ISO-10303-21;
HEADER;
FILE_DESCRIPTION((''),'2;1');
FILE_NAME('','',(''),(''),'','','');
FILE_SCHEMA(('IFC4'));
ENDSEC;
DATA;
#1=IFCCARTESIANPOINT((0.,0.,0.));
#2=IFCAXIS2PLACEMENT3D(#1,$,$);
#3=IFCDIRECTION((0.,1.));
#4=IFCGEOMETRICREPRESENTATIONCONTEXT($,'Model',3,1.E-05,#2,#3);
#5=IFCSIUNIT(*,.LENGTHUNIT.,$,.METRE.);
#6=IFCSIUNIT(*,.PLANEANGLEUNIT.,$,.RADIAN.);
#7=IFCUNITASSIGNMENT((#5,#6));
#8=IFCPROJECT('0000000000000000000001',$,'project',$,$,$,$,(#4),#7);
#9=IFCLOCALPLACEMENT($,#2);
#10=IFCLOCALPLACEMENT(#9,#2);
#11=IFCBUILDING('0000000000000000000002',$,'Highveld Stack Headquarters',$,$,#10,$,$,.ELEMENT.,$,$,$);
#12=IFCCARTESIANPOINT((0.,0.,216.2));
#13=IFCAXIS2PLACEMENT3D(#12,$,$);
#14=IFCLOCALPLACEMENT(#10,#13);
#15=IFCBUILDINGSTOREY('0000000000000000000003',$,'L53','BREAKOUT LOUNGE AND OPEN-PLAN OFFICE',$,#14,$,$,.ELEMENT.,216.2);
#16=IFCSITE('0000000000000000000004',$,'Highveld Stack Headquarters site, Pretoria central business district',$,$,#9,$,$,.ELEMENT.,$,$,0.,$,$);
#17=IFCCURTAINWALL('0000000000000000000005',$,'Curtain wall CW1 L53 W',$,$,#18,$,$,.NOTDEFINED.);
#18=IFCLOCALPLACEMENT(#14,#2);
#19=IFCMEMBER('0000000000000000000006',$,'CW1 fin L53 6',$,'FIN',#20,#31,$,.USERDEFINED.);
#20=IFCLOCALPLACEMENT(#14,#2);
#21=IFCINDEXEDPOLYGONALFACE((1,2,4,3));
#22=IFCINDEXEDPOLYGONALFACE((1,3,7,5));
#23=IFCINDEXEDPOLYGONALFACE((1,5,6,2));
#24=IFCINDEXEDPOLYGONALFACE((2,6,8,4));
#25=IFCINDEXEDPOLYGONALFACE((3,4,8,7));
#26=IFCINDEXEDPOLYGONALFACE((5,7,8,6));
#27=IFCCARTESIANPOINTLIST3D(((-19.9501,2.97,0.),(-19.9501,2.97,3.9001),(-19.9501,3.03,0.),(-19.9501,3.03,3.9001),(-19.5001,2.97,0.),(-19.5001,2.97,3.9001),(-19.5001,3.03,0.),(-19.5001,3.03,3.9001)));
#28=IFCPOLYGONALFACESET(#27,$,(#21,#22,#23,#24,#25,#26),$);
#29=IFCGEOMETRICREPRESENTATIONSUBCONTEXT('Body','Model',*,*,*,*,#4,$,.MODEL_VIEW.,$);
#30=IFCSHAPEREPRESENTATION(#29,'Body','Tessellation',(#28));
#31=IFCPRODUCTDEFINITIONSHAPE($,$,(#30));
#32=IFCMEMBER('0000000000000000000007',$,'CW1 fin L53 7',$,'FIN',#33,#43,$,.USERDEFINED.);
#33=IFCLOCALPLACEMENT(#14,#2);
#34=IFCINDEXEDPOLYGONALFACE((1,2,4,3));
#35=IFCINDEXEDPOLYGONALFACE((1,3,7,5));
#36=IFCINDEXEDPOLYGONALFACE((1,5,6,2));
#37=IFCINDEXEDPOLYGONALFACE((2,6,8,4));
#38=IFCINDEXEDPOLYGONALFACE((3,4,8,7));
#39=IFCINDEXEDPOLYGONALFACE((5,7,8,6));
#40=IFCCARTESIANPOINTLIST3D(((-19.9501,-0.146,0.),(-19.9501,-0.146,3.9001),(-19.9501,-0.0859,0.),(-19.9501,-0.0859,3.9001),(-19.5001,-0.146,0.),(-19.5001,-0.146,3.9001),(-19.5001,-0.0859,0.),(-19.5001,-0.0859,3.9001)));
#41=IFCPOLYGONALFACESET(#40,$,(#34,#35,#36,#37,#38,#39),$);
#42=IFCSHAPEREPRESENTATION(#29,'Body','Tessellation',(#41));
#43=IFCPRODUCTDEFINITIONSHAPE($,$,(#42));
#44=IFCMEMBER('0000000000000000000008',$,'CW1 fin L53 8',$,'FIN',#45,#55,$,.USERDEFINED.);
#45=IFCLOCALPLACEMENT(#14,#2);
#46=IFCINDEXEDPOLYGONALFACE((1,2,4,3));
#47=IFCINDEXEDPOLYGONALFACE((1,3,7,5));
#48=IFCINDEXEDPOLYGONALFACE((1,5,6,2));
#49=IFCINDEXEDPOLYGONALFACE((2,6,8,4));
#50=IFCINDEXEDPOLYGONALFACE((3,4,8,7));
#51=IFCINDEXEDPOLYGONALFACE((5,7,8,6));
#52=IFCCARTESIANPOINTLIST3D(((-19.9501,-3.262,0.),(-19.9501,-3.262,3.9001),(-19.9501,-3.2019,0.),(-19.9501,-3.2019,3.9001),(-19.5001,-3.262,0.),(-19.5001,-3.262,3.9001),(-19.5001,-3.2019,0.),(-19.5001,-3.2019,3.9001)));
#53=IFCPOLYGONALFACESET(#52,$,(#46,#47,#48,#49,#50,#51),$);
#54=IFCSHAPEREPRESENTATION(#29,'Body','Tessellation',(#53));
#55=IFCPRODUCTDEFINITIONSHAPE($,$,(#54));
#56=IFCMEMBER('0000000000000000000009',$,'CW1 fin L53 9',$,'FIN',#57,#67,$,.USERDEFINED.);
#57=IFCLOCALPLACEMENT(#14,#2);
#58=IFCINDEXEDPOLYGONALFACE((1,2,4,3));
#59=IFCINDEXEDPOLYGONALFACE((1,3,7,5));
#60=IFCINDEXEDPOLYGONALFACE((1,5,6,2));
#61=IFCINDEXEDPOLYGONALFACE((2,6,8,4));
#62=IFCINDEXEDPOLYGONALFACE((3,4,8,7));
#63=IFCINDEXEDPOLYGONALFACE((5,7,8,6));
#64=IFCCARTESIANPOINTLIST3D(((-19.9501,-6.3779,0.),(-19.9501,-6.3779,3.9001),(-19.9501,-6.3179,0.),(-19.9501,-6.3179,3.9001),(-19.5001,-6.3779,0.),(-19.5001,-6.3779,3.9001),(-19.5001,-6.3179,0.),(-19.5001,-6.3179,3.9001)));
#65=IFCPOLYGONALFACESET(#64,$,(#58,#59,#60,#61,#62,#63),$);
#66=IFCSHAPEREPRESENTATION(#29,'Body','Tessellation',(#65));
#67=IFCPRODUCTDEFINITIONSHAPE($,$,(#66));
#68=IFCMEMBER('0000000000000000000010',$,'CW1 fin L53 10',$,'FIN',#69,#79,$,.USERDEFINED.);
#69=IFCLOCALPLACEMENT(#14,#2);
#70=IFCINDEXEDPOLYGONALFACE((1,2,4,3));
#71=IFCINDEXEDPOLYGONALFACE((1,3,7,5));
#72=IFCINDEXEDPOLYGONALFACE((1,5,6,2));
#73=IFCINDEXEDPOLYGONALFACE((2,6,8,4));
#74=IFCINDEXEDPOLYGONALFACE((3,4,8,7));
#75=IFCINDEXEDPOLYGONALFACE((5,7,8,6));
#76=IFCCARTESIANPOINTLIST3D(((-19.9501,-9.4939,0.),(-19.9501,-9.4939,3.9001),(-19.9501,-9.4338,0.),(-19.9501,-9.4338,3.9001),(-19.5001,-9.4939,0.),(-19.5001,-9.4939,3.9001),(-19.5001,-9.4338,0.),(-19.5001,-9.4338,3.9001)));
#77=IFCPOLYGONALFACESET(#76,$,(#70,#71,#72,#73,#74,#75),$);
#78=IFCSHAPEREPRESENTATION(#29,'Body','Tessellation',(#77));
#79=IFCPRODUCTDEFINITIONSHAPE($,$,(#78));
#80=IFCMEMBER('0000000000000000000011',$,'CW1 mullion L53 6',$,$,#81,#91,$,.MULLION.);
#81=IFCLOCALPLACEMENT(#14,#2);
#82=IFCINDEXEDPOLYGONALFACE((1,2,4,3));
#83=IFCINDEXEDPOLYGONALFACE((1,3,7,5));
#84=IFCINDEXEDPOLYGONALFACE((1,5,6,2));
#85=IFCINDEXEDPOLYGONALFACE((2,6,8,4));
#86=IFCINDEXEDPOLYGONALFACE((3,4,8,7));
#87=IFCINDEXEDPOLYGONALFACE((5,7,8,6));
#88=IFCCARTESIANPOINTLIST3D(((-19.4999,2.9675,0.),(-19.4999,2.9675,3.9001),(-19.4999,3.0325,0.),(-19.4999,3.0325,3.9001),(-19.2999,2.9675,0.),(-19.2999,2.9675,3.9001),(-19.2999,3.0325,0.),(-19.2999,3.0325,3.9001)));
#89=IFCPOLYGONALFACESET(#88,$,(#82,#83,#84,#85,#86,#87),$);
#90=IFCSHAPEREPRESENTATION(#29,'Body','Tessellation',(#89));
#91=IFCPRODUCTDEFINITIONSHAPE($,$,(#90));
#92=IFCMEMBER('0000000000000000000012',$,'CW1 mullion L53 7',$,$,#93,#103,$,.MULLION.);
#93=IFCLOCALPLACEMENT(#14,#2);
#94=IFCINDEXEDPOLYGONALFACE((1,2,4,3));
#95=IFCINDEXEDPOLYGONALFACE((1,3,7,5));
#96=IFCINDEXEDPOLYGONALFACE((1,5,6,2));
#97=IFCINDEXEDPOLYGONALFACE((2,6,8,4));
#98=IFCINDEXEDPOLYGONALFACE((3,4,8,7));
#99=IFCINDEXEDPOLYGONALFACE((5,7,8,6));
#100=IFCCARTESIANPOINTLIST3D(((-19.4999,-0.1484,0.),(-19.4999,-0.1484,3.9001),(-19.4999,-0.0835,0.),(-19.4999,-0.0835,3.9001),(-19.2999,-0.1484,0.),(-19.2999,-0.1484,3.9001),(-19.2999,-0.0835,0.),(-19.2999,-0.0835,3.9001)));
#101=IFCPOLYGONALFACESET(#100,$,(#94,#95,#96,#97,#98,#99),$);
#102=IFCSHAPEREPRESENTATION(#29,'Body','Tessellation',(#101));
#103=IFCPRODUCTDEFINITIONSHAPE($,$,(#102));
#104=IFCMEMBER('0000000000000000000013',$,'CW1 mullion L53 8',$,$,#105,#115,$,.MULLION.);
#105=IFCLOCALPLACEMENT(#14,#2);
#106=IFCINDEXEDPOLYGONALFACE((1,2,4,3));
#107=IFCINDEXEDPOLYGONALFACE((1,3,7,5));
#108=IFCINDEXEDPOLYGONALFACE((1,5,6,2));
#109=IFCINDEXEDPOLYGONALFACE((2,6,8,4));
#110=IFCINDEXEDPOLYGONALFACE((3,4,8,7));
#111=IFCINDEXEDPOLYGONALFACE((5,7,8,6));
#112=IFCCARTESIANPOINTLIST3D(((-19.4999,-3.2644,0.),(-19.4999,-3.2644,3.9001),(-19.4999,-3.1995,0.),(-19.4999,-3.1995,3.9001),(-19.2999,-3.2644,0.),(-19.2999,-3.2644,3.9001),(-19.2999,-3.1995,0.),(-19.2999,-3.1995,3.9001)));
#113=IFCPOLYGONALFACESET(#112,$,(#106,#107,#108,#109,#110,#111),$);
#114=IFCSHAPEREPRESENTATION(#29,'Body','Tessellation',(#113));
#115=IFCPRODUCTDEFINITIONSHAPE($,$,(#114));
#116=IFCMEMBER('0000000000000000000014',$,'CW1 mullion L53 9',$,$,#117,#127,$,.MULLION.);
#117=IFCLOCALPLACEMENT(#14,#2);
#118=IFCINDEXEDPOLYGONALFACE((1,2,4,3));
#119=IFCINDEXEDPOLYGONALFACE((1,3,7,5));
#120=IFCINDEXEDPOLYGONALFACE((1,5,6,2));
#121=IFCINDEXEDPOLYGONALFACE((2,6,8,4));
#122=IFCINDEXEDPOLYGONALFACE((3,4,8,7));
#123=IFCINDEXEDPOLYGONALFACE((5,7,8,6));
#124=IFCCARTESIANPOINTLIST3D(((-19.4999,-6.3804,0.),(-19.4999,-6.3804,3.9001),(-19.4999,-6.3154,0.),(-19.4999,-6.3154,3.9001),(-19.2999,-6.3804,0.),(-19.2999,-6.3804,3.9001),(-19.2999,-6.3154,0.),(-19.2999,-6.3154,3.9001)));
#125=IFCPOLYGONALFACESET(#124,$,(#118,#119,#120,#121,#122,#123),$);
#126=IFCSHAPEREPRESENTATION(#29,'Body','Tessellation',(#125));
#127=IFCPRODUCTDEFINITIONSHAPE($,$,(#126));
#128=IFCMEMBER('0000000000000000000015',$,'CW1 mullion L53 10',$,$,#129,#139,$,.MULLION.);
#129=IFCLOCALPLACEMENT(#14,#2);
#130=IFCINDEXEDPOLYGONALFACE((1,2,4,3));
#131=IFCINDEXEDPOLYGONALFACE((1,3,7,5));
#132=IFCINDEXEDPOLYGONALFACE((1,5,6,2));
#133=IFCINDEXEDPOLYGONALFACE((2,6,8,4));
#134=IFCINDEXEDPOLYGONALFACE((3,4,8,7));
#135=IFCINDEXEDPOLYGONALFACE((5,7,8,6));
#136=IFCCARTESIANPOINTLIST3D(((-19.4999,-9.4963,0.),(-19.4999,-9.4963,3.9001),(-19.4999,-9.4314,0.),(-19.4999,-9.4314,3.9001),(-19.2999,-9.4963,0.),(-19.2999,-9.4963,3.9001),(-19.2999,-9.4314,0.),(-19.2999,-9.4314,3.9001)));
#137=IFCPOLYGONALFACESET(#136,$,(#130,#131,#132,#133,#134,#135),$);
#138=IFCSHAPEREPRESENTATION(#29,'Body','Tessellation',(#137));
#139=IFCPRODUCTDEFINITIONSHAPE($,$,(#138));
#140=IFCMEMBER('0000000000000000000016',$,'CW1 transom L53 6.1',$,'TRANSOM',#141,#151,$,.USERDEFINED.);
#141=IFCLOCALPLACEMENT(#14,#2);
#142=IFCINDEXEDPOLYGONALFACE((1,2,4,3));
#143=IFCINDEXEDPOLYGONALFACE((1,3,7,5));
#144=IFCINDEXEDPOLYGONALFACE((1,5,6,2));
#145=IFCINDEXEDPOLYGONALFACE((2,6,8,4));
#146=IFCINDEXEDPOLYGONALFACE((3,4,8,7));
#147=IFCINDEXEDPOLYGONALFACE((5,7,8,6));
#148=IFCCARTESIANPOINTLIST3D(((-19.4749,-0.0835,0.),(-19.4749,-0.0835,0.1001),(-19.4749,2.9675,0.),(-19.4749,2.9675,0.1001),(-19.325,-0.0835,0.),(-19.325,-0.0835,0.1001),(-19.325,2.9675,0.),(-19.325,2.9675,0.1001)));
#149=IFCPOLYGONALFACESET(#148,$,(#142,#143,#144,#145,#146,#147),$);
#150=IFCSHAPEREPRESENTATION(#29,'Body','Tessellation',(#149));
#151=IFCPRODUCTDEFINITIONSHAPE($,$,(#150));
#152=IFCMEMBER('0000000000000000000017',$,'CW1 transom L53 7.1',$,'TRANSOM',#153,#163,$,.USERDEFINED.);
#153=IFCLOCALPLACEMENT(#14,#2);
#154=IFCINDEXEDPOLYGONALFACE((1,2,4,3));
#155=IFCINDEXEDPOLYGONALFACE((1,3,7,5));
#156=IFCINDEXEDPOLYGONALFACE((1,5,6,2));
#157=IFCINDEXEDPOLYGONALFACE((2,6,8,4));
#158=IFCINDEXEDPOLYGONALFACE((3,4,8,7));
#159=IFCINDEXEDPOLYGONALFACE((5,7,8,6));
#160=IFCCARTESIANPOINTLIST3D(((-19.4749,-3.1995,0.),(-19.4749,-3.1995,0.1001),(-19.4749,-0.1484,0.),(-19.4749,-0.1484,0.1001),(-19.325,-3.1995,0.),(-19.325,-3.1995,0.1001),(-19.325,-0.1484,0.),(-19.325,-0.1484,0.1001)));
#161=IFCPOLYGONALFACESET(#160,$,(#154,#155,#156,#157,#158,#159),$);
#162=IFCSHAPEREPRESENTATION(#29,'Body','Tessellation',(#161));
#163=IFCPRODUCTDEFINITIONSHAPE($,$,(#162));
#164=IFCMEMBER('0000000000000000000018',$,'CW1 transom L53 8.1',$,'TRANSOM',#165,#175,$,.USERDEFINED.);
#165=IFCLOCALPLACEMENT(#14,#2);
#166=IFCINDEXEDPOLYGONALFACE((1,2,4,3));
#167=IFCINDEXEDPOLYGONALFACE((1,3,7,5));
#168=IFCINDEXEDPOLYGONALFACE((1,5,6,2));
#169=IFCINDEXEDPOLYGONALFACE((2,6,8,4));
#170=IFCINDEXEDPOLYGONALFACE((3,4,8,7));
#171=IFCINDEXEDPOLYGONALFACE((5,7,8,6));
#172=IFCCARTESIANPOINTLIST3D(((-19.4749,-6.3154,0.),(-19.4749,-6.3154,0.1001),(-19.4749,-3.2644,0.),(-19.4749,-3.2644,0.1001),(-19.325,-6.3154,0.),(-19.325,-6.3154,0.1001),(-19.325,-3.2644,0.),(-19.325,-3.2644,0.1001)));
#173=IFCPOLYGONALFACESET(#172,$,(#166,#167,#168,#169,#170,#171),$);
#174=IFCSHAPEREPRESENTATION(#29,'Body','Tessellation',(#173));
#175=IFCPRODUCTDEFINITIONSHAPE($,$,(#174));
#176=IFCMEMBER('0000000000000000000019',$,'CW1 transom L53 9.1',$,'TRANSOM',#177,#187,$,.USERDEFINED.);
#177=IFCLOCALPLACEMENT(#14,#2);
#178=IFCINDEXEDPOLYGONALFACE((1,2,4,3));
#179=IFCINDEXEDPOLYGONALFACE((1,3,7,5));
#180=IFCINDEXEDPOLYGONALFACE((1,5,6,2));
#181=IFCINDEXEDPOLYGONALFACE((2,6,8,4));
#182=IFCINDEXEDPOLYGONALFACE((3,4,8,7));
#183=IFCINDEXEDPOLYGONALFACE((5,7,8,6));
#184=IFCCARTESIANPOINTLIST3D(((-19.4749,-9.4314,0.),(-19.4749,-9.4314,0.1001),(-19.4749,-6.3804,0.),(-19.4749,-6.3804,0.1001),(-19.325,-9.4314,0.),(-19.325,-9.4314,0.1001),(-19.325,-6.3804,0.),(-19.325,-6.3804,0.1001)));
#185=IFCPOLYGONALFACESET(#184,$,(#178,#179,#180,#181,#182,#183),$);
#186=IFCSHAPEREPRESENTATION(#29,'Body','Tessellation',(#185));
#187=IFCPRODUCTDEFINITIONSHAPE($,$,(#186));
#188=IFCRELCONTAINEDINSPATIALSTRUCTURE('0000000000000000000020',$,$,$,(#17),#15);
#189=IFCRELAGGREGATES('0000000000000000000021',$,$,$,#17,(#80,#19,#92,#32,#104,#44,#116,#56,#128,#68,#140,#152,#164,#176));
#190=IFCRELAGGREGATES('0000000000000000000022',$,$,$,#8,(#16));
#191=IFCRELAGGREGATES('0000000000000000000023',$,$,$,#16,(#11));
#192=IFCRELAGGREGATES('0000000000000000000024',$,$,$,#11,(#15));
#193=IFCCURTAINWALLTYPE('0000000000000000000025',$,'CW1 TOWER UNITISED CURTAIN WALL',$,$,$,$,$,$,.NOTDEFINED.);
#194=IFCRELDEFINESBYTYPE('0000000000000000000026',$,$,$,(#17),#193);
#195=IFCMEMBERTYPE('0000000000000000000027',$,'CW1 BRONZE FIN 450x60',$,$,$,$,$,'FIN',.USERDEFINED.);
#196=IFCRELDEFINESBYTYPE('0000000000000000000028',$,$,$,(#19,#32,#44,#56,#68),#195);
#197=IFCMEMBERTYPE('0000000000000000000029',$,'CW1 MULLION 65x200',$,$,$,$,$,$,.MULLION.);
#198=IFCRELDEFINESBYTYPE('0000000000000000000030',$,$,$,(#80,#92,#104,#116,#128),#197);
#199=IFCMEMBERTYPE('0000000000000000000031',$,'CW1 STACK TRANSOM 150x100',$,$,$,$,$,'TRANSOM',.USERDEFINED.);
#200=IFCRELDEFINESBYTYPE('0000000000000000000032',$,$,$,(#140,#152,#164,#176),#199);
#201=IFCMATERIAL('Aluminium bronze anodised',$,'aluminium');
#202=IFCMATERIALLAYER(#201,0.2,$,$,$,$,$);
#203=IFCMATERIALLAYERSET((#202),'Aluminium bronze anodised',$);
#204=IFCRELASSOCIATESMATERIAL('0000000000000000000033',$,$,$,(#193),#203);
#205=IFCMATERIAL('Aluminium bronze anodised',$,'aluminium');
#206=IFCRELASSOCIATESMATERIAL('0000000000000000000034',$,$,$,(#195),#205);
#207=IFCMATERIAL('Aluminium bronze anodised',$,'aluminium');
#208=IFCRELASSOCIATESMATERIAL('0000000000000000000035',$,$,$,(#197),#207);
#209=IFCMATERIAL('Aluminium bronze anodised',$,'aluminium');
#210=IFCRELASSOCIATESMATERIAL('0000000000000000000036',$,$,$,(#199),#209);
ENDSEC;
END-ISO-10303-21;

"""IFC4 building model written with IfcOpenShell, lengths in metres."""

from ifc_helpers import new_model, si_unit, direction, frame, origin, origin_2d, place, context, subcontext, project, spatial, rectangle, extrude, material, layer, layer_set, material_profile, profile_set, type_object, element, aggregate, save


model = new_model("IFC4")

# Units and contexts
model_context = context("Model", 3, precision=1e-05, world=origin(), true_north=direction((0.0, 1.0)))
body_context = subcontext(model_context, "Body", "Model", "MODEL_VIEW")
ifc_project = project(units=[si_unit("LENGTHUNIT", "METRE"), si_unit("PLANEANGLEUNIT", "RADIAN")], contexts=[model_context])

# Site, building, storey
site_placement = place(None, origin())
site = spatial("IfcSite", under=ifc_project, at=site_placement, Name="Highveld Stack Headquarters site, Pretoria central business district", CompositionType="ELEMENT", RefElevation=0.0)
building_placement = place(site_placement, origin())
building = spatial("IfcBuilding", under=site, at=building_placement, Name="Highveld Stack Headquarters", CompositionType="ELEMENT")
storey_placement = place(building_placement, frame((0.0, 0.0, 216.2)))
storey = spatial("IfcBuildingStorey", under=building, at=storey_placement, Name="L53", Description="BREAKOUT LOUNGE AND OPEN-PLAN OFFICE", CompositionType="ELEMENT", Elevation=216.2)

# Curtain wall, members
ifc_material_1 = material(Name="Aluminium bronze anodised", Category="aluminium")
ifc_layer_1 = layer(ifc_material_1, 0.2)
ifc_layer_set_1 = layer_set([ifc_layer_1], Name="Aluminium bronze anodised")
curtain_wall_type = type_object("IfcCurtainWallType", Name="CW1 TOWER UNITISED CURTAIN WALL", PredefinedType="NOTDEFINED", material=ifc_layer_set_1)
curtain_wall_placement = place(storey_placement, origin())
curtain_wall = element("IfcCurtainWall", 1, at=curtain_wall_placement, inside=storey, type_object=curtain_wall_type, Name="Curtain wall CW1 L53 W", PredefinedType="NOTDEFINED")
ifc_material_2 = material(Name="Aluminium bronze anodised", Category="aluminium")
ifc_material_profile_1 = material_profile(ifc_material_2, rectangle(XDim=0.45, YDim=0.0601, at=origin_2d()), Name="FIN 450x60")
ifc_profile_set_1 = profile_set([ifc_material_profile_1], Name="Aluminium bronze anodised")
member_type_1 = type_object("IfcMemberType", Name="CW1 BRONZE FIN 450x60", ElementType="FIN", PredefinedType="USERDEFINED", material=ifc_profile_set_1)
member_1_placement = place(storey_placement, frame((-19.7251, 3.0, 0.0), z_axis=(0.0, 0.0, 1.0), x_axis=(1.0, 0.0, 0.0)))
member_1 = element("IfcMember", 2, at=member_1_placement, type_object=member_type_1, Name="CW1 fin L53 6", ObjectType="FIN", PredefinedType="USERDEFINED", context=body_context, shape_type="SweptSolid", body=[
    extrude(rectangle(XDim=0.45, YDim=0.0601, at=origin_2d()), origin(), (0.0, 0.0, 1.0), 3.9001),
])
member_2_placement = place(storey_placement, frame((-19.7251, -0.116, 0.0), z_axis=(0.0, 0.0, 1.0), x_axis=(1.0, 0.0, 0.0)))
member_2 = element("IfcMember", 3, at=member_2_placement, type_object=member_type_1, Name="CW1 fin L53 7", ObjectType="FIN", PredefinedType="USERDEFINED", context=body_context, shape_type="SweptSolid", body=[
    extrude(rectangle(XDim=0.45, YDim=0.0601, at=origin_2d()), origin(), (0.0, 0.0, 1.0), 3.9001),
])
member_3_placement = place(storey_placement, frame((-19.7251, -3.2319, 0.0), z_axis=(0.0, 0.0, 1.0), x_axis=(1.0, 0.0, 0.0)))
member_3 = element("IfcMember", 4, at=member_3_placement, type_object=member_type_1, Name="CW1 fin L53 8", ObjectType="FIN", PredefinedType="USERDEFINED", context=body_context, shape_type="SweptSolid", body=[
    extrude(rectangle(XDim=0.45, YDim=0.0601, at=origin_2d()), origin(), (0.0, 0.0, 1.0), 3.9001),
])
member_4_placement = place(storey_placement, frame((-19.7251, -6.3479, 0.0), z_axis=(0.0, 0.0, 1.0), x_axis=(1.0, 0.0, 0.0)))
member_4 = element("IfcMember", 5, at=member_4_placement, type_object=member_type_1, Name="CW1 fin L53 9", ObjectType="FIN", PredefinedType="USERDEFINED", context=body_context, shape_type="SweptSolid", body=[
    extrude(rectangle(XDim=0.45, YDim=0.0601, at=origin_2d()), origin(), (0.0, 0.0, 1.0), 3.9001),
])
member_5_placement = place(storey_placement, frame((-19.7251, -9.4639, 0.0), z_axis=(0.0, 0.0, 1.0), x_axis=(1.0, 0.0, 0.0)))
member_5 = element("IfcMember", 6, at=member_5_placement, type_object=member_type_1, Name="CW1 fin L53 10", ObjectType="FIN", PredefinedType="USERDEFINED", context=body_context, shape_type="SweptSolid", body=[
    extrude(rectangle(XDim=0.45, YDim=0.0601, at=origin_2d()), origin(), (0.0, 0.0, 1.0), 3.9001),
])
ifc_material_3 = material(Name="Aluminium bronze anodised", Category="aluminium")
ifc_material_profile_2 = material_profile(ifc_material_3, rectangle(XDim=0.2, YDim=0.0649, at=origin_2d()), Name="CW1 MULLION 65x200")
ifc_profile_set_2 = profile_set([ifc_material_profile_2], Name="Aluminium bronze anodised")
member_type_2 = type_object("IfcMemberType", Name="CW1 MULLION 65x200", PredefinedType="MULLION", material=ifc_profile_set_2)
member_6_placement = place(storey_placement, frame((-19.3999, 3.0, 0.0), z_axis=(0.0, 0.0, 1.0), x_axis=(1.0, 0.0, 0.0)))
member_6 = element("IfcMember", 7, at=member_6_placement, type_object=member_type_2, Name="CW1 mullion L53 6", PredefinedType="MULLION", context=body_context, shape_type="SweptSolid", body=[
    extrude(rectangle(XDim=0.2, YDim=0.0649, at=origin_2d()), origin(), (0.0, 0.0, 1.0), 3.9001),
])
member_7_placement = place(storey_placement, frame((-19.3999, -0.116, 0.0), z_axis=(0.0, 0.0, 1.0), x_axis=(1.0, 0.0, 0.0)))
member_7 = element("IfcMember", 8, at=member_7_placement, type_object=member_type_2, Name="CW1 mullion L53 7", PredefinedType="MULLION", context=body_context, shape_type="SweptSolid", body=[
    extrude(rectangle(XDim=0.2, YDim=0.0649, at=origin_2d()), origin(), (0.0, 0.0, 1.0), 3.9001),
])
member_8_placement = place(storey_placement, frame((-19.3999, -3.2319, 0.0), z_axis=(0.0, 0.0, 1.0), x_axis=(1.0, 0.0, 0.0)))
member_8 = element("IfcMember", 9, at=member_8_placement, type_object=member_type_2, Name="CW1 mullion L53 8", PredefinedType="MULLION", context=body_context, shape_type="SweptSolid", body=[
    extrude(rectangle(XDim=0.2, YDim=0.0649, at=origin_2d()), origin(), (0.0, 0.0, 1.0), 3.9001),
])
member_9_placement = place(storey_placement, frame((-19.3999, -6.3479, 0.0), z_axis=(0.0, 0.0, 1.0), x_axis=(1.0, 0.0, 0.0)))
member_9 = element("IfcMember", 10, at=member_9_placement, type_object=member_type_2, Name="CW1 mullion L53 9", PredefinedType="MULLION", context=body_context, shape_type="SweptSolid", body=[
    extrude(rectangle(XDim=0.2, YDim=0.0649, at=origin_2d()), origin(), (0.0, 0.0, 1.0), 3.9001),
])
member_10_placement = place(storey_placement, frame((-19.3999, -9.4639, 0.0), z_axis=(0.0, 0.0, 1.0), x_axis=(1.0, 0.0, 0.0)))
member_10 = element("IfcMember", 11, at=member_10_placement, type_object=member_type_2, Name="CW1 mullion L53 10", PredefinedType="MULLION", context=body_context, shape_type="SweptSolid", body=[
    extrude(rectangle(XDim=0.2, YDim=0.0649, at=origin_2d()), origin(), (0.0, 0.0, 1.0), 3.9001),
])
ifc_material_4 = material(Name="Aluminium bronze anodised", Category="aluminium")
ifc_material_profile_3 = material_profile(ifc_material_4, rectangle(XDim=0.1499, YDim=0.1001, at=origin_2d()), Name="CW1 TRANSOM 150x100")
ifc_profile_set_3 = profile_set([ifc_material_profile_3], Name="Aluminium bronze anodised")
member_type_3 = type_object("IfcMemberType", Name="CW1 STACK TRANSOM 150x100", ElementType="TRANSOM", PredefinedType="USERDEFINED", material=ifc_profile_set_3)
member_11_placement = place(storey_placement, frame((-19.3999, 2.9675, 0.05), z_axis=(0.0, -1.0, 0.0), x_axis=(1.0, 0.0, 0.0)))
member_11 = element("IfcMember", 12, at=member_11_placement, type_object=member_type_3, Name="CW1 transom L53 6.1", ObjectType="TRANSOM", PredefinedType="USERDEFINED", context=body_context, shape_type="SweptSolid", body=[
    extrude(rectangle(XDim=0.1499, YDim=0.1001, at=origin_2d()), origin(), (0.0, 0.0, 1.0), 3.051),
])
member_12_placement = place(storey_placement, frame((-19.3999, -0.1484, 0.05), z_axis=(0.0, -1.0, 0.0), x_axis=(1.0, 0.0, 0.0)))
member_12 = element("IfcMember", 13, at=member_12_placement, type_object=member_type_3, Name="CW1 transom L53 7.1", ObjectType="TRANSOM", PredefinedType="USERDEFINED", context=body_context, shape_type="SweptSolid", body=[
    extrude(rectangle(XDim=0.1499, YDim=0.1001, at=origin_2d()), origin(), (0.0, 0.0, 1.0), 3.051),
])
member_13_placement = place(storey_placement, frame((-19.3999, -3.2644, 0.05), z_axis=(0.0, -1.0, 0.0), x_axis=(1.0, 0.0, 0.0)))
member_13 = element("IfcMember", 14, at=member_13_placement, type_object=member_type_3, Name="CW1 transom L53 8.1", ObjectType="TRANSOM", PredefinedType="USERDEFINED", context=body_context, shape_type="SweptSolid", body=[
    extrude(rectangle(XDim=0.1499, YDim=0.1001, at=origin_2d()), origin(), (0.0, 0.0, 1.0), 3.051),
])
member_14_placement = place(storey_placement, frame((-19.3999, -6.3804, 0.05), z_axis=(0.0, -1.0, 0.0), x_axis=(1.0, 0.0, 0.0)))
member_14 = element("IfcMember", 15, at=member_14_placement, type_object=member_type_3, Name="CW1 transom L53 9.1", ObjectType="TRANSOM", PredefinedType="USERDEFINED", context=body_context, shape_type="SweptSolid", body=[
    extrude(rectangle(XDim=0.1499, YDim=0.1001, at=origin_2d()), origin(), (0.0, 0.0, 1.0), 3.051),
])

aggregate(curtain_wall, [member_6, member_1, member_7, member_2, member_8, member_3, member_9, member_4, member_10, member_5, member_11, member_12, member_13, member_14])

save(model, "model.ifc")
